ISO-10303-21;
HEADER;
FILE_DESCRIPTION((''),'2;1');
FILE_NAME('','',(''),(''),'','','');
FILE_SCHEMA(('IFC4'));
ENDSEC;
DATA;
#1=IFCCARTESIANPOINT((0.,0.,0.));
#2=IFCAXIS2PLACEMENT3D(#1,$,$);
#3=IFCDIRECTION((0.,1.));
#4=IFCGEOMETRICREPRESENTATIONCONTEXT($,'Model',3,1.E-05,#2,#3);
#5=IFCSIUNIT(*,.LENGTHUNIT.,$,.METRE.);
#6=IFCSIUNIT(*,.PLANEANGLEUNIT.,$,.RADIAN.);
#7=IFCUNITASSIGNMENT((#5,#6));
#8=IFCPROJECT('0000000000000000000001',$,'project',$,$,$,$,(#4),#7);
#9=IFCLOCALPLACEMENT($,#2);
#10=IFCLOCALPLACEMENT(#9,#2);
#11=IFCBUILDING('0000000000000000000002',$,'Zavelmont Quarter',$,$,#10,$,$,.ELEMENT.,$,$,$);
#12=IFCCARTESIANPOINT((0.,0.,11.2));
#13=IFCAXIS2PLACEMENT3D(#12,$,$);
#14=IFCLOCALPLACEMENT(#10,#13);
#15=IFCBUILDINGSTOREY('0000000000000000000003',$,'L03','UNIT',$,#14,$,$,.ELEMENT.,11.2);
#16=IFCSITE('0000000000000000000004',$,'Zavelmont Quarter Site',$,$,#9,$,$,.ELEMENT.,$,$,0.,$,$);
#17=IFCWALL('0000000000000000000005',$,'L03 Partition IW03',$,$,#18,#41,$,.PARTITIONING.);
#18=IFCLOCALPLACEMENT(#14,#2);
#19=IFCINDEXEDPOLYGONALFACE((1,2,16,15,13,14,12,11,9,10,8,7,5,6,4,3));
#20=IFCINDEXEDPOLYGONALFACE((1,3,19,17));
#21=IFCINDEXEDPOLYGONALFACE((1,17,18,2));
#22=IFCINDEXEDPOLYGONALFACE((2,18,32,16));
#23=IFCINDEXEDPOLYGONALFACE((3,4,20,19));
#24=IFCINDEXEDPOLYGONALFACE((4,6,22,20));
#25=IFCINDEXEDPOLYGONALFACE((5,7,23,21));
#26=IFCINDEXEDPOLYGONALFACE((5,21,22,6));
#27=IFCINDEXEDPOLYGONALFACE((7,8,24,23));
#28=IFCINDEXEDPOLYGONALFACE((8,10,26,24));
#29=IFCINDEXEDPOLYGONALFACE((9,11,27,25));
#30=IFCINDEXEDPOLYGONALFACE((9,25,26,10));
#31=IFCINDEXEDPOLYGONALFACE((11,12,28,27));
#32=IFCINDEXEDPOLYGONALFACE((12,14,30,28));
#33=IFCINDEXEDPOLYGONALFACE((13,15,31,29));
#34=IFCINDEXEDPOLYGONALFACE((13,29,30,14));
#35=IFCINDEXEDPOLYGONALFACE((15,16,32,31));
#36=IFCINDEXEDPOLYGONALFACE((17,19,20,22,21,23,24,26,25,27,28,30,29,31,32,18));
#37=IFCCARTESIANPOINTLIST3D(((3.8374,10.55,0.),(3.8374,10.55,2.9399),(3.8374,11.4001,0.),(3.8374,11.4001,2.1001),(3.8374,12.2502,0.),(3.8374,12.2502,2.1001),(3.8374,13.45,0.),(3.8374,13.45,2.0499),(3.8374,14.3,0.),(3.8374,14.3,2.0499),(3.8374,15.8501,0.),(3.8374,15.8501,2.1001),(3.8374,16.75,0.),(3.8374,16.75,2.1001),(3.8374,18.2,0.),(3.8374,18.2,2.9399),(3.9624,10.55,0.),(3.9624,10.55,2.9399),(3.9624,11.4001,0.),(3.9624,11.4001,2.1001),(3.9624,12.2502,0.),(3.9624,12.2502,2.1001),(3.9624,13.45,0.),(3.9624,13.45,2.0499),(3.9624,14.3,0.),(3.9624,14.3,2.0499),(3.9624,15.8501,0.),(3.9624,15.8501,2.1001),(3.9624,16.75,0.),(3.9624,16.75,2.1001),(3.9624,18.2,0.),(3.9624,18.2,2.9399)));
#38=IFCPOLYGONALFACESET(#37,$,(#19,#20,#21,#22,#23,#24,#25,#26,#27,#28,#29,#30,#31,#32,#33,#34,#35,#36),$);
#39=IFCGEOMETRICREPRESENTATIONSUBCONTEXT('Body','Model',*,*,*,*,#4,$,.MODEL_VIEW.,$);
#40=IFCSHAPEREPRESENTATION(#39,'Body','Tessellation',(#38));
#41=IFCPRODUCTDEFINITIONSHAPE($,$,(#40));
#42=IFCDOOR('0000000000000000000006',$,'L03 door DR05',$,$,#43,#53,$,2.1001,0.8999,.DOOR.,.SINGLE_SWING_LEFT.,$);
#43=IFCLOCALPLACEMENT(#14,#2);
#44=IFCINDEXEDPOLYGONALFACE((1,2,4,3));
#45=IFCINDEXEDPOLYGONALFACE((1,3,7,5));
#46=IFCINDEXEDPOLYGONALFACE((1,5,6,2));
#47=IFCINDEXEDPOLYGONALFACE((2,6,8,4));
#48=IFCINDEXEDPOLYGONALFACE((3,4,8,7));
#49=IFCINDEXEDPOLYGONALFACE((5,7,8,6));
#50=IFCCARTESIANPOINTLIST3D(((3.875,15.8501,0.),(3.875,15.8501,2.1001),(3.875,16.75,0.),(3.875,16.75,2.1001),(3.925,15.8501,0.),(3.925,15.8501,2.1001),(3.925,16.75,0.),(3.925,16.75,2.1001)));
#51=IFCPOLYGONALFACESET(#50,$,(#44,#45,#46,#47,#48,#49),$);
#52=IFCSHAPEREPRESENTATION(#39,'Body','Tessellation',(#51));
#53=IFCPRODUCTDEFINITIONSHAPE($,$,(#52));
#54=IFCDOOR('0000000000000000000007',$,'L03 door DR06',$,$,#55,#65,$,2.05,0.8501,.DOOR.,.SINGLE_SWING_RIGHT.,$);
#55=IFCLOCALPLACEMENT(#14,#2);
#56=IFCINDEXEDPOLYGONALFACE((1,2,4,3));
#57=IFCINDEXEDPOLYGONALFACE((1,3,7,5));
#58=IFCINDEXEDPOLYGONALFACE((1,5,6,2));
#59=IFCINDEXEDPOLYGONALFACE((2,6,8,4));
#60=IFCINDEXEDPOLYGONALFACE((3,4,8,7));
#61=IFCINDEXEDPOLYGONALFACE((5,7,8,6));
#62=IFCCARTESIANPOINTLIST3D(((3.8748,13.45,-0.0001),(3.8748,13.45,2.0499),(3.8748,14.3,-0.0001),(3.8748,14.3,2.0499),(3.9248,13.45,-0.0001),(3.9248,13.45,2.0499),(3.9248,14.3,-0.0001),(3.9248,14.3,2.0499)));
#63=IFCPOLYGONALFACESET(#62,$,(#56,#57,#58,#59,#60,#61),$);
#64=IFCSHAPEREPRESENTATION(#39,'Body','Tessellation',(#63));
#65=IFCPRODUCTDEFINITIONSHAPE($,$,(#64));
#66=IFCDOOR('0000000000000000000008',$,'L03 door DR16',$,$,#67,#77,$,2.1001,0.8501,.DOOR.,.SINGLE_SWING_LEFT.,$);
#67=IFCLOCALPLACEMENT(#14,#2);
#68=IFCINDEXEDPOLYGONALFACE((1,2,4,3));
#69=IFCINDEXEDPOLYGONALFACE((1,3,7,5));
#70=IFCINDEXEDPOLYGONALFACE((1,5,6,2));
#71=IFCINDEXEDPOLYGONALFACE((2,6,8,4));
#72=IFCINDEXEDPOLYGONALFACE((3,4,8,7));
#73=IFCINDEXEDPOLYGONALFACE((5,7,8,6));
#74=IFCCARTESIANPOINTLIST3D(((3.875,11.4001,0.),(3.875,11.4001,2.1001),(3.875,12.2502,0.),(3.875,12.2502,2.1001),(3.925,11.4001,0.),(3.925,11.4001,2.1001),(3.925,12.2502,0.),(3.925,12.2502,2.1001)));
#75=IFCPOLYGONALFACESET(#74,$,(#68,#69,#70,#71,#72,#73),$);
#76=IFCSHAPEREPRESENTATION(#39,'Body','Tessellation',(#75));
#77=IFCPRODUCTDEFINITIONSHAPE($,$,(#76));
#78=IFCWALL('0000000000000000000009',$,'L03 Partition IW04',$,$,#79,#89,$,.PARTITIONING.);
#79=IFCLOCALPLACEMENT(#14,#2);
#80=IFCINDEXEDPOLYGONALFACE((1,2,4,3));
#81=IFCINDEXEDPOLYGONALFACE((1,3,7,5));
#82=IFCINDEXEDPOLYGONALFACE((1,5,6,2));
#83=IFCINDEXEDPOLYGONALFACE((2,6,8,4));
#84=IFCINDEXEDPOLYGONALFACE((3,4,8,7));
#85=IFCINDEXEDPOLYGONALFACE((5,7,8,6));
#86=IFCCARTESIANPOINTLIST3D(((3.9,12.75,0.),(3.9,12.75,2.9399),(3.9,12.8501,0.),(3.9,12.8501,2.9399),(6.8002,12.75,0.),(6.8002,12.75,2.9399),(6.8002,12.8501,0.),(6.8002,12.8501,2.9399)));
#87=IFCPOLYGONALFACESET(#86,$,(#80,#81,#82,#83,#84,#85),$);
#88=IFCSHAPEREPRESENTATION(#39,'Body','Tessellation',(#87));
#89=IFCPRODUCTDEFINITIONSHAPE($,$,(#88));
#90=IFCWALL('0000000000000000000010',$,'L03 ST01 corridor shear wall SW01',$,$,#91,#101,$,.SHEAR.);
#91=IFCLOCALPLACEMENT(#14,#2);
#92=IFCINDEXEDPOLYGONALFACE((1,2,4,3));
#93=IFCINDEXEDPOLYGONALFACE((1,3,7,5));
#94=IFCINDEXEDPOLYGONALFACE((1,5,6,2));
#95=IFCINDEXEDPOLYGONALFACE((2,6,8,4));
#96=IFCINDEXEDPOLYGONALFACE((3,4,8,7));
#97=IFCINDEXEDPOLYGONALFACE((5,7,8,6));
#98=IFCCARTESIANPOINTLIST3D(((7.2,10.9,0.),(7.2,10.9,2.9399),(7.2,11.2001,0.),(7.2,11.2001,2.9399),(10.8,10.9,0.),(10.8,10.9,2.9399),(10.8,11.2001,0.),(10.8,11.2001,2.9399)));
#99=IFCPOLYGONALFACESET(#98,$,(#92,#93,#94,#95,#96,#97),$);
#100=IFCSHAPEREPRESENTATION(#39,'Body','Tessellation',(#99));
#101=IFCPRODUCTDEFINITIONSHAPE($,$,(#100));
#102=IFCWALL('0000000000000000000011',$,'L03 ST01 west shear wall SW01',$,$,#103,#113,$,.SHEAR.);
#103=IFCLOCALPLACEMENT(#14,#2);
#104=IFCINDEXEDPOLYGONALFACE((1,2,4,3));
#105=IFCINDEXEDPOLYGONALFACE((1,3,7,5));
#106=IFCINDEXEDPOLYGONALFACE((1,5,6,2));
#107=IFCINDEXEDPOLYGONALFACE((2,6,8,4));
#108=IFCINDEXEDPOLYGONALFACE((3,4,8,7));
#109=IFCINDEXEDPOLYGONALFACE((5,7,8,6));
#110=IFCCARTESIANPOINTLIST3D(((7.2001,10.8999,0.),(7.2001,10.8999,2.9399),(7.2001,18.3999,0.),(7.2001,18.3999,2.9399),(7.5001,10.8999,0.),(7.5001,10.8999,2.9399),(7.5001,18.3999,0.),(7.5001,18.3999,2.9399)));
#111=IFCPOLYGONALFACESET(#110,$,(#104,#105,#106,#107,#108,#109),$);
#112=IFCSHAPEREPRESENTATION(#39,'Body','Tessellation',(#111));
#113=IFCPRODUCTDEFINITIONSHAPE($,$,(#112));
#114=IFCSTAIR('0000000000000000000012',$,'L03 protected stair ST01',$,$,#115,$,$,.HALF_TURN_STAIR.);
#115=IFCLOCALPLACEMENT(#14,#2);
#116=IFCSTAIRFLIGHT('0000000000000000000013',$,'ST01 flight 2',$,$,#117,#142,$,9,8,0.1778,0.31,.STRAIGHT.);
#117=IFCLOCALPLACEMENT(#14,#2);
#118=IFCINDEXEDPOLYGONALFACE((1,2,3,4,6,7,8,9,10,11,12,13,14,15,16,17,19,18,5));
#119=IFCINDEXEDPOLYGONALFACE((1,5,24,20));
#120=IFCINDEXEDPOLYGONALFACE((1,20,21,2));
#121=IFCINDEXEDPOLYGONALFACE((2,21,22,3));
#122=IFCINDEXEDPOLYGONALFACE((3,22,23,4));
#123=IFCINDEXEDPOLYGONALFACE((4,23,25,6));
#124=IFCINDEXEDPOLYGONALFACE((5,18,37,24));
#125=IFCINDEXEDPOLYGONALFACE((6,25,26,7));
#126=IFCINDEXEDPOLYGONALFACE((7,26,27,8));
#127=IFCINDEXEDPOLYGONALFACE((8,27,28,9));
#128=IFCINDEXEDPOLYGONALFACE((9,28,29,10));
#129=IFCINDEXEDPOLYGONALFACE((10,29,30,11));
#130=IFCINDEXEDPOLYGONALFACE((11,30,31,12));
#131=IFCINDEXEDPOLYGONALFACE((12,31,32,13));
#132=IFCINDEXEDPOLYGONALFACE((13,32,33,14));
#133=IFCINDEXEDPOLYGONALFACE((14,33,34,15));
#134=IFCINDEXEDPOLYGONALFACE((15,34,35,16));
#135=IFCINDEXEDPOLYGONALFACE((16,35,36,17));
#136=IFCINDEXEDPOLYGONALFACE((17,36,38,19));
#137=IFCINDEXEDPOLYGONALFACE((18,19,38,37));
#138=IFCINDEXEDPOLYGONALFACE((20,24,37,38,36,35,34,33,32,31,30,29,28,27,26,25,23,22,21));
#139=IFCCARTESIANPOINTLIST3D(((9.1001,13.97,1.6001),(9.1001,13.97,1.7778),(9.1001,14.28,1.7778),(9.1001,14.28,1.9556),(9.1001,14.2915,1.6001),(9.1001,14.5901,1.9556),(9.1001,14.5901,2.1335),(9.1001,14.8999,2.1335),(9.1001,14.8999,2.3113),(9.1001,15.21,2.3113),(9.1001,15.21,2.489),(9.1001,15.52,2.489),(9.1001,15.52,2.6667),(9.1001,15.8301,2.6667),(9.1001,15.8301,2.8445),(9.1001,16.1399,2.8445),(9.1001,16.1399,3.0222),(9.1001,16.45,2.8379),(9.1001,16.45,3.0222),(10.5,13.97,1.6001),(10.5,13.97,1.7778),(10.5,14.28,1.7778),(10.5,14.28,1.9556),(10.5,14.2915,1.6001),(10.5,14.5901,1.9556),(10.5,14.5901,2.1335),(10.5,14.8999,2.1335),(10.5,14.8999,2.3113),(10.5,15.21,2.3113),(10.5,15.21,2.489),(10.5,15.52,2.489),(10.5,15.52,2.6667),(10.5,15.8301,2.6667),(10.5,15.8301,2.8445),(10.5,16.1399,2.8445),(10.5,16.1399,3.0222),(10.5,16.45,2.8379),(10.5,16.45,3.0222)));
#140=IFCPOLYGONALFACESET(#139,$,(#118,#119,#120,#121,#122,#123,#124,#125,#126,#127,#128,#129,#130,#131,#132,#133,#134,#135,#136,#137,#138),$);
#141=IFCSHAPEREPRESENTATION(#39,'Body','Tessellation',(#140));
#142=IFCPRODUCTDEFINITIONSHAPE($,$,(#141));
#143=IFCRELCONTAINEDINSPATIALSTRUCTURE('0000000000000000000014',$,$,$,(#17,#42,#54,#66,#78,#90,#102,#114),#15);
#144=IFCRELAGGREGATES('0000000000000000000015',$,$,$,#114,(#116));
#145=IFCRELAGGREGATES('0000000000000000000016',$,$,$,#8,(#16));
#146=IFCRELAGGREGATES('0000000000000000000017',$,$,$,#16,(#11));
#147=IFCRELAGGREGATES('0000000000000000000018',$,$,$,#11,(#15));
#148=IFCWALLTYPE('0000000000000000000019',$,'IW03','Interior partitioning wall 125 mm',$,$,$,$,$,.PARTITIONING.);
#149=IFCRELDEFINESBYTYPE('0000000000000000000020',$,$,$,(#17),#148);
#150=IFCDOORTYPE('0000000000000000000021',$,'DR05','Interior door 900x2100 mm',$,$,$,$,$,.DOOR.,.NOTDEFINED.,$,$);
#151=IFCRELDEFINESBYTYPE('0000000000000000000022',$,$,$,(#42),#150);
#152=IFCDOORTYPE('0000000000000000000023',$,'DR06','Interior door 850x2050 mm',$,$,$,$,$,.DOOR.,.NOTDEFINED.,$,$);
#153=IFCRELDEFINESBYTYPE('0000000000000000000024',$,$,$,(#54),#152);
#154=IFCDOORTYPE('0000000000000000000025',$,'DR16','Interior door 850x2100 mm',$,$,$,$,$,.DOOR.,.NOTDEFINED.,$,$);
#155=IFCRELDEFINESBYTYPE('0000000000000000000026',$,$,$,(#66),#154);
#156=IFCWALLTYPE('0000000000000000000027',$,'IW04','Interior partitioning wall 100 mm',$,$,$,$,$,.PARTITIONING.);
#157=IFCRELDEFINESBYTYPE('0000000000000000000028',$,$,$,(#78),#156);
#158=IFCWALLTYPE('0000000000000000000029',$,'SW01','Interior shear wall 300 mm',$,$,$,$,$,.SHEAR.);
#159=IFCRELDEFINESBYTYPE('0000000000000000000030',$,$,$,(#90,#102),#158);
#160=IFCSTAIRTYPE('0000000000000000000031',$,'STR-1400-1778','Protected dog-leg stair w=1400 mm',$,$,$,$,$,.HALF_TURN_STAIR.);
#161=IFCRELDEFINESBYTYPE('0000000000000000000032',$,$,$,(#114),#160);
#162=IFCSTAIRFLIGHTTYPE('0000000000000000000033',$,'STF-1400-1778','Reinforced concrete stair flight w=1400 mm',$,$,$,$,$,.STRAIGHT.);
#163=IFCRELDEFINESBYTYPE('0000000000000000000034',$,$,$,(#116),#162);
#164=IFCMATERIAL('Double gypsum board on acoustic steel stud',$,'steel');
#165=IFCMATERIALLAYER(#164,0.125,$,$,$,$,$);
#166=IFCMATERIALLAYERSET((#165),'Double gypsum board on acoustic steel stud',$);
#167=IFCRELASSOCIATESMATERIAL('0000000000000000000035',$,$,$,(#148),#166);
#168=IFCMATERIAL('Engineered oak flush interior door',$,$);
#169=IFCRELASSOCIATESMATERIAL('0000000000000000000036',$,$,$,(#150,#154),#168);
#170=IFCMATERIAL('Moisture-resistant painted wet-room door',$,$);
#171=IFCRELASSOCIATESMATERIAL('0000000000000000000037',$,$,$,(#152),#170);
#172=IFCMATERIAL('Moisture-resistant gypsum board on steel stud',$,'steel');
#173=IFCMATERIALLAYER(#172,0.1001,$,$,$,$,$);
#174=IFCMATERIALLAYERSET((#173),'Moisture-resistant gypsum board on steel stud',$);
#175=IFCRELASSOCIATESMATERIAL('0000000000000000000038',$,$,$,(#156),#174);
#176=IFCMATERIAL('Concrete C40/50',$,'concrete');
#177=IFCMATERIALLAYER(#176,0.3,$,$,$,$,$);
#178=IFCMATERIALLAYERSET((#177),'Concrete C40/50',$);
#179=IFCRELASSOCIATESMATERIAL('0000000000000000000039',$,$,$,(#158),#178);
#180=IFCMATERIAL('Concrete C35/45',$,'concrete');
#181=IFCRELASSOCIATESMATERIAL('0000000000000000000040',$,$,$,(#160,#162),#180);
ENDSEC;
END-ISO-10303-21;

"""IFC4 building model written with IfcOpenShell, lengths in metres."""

from ifc_helpers import new_model, si_unit, direction, frame, frame_2d, origin, origin_with_axes, place, context, subcontext, project, spatial, polyline, rectangle, outline, extrude, material, layer, layer_set, type_object, element, fill, aggregate, save


model = new_model("IFC4")

# Units and contexts
model_context = context("Model", 3, precision=1e-05, world=origin(), true_north=direction((0.0, 1.0)))
body_context = subcontext(model_context, "Body", "Model", "MODEL_VIEW")
ifc_project = project(units=[si_unit("LENGTHUNIT", "METRE"), si_unit("PLANEANGLEUNIT", "RADIAN")], contexts=[model_context])

# Site, building, storey
site_placement = place(None, origin())
site = spatial("IfcSite", under=ifc_project, at=site_placement, Name="Zavelmont Quarter Site", CompositionType="ELEMENT", RefElevation=0.0)
building_placement = place(site_placement, origin())
building = spatial("IfcBuilding", under=site, at=building_placement, Name="Zavelmont Quarter", CompositionType="ELEMENT")
storey_placement = place(building_placement, frame((0.0, 0.0, 11.2)))
storey = spatial("IfcBuildingStorey", under=building, at=storey_placement, Name="L03", Description="UNIT", CompositionType="ELEMENT", Elevation=11.2)

# Shared definitions
ifc_material_1 = material(Name="Concrete C40/50", Category="concrete")

# Shared definitions
ifc_material_2 = material(Name="Concrete C35/45", Category="concrete")

# Wall, openings, doors
ifc_material_3 = material(Name="Double gypsum board on acoustic steel stud", Category="steel")
ifc_layer_1 = layer(ifc_material_3, 0.125)
ifc_layer_set_1 = layer_set([ifc_layer_1], Name="Double gypsum board on acoustic steel stud")
wall_type_1 = type_object("IfcWallType", Name="IW03", Description="Interior partitioning wall 125 mm", PredefinedType="PARTITIONING", material=ifc_layer_set_1)
wall_1_placement = place(storey_placement, frame((3.8999, 10.55, 0.0), z_axis=(0.0, 0.0, 1.0), x_axis=(0.0, 1.0, 0.0)))
wall_1 = element("IfcWall", 1, at=wall_1_placement, inside=storey, type_object=wall_type_1, Name="L03 Partition IW03", PredefinedType="PARTITIONING", context=body_context, shape_type="SweptSolid", body=[
    extrude(rectangle(XDim=7.6499, YDim=0.125, at=frame_2d((3.825, 0.0))), origin(), (0.0, 0.0, 1.0), 2.9399),
])
opening_1_placement = place(wall_1_placement, frame((0.8501, 0.0, 0.0)))
opening_1 = element("IfcOpeningElement", 2, at=opening_1_placement, cuts=wall_1, PredefinedType="OPENING", context=body_context, shape_type="SweptSolid", body=[
    extrude(rectangle(XDim=0.8501, YDim=2.1001, at=frame_2d((0.425, 1.05))), frame((0.0, 0.0745, 0.0), z_axis=(0.0, -1.0, 0.0), x_axis=(1.0, 0.0, 0.0)), (0.0, 0.0, 1.0), 0.1489),
])
opening_2_placement = place(wall_1_placement, frame((2.8999, 0.0, 0.0)))
opening_2 = element("IfcOpeningElement", 3, at=opening_2_placement, cuts=wall_1, PredefinedType="OPENING", context=body_context, shape_type="SweptSolid", body=[
    extrude(rectangle(XDim=0.8501, YDim=2.05, at=frame_2d((0.425, 1.0249))), frame((0.0, 0.0745, 0.0), z_axis=(0.0, -1.0, 0.0), x_axis=(1.0, 0.0, 0.0)), (0.0, 0.0, 1.0), 0.1489),
])
opening_3_placement = place(wall_1_placement, frame((5.3, 0.0, 0.0)))
opening_3 = element("IfcOpeningElement", 4, at=opening_3_placement, cuts=wall_1, PredefinedType="OPENING", context=body_context, shape_type="SweptSolid", body=[
    extrude(rectangle(XDim=0.8999, YDim=2.1001, at=frame_2d((0.45, 1.05))), frame((0.0, 0.0745, 0.0), z_axis=(0.0, -1.0, 0.0), x_axis=(1.0, 0.0, 0.0)), (0.0, 0.0, 1.0), 0.1489),
])
ifc_material_4 = material(Name="Engineered oak flush interior door")
door_type_1 = type_object("IfcDoorType", Name="DR05", Description="Interior door 900x2100 mm", OperationType="NOTDEFINED", PredefinedType="DOOR", material=ifc_material_4)
door_1_placement = place(opening_3_placement, origin_with_axes())
door_1 = element("IfcDoor", 5, at=door_1_placement, inside=storey, type_object=door_type_1, Name="L03 door DR05", OperationType="SINGLE_SWING_LEFT", OverallHeight=2.1001, OverallWidth=0.8999, PredefinedType="DOOR", context=body_context, shape_type="SweptSolid", body=[
    extrude(rectangle(XDim=0.8999, YDim=2.1001, at=frame_2d((0.45, 1.05))), frame((0.0, 0.0249, 0.0), z_axis=(0.0, -1.0, 0.0), x_axis=(1.0, 0.0, 0.0)), (0.0, 0.0, 1.0), 0.05),
])
fill(opening_3, door_1)
ifc_material_5 = material(Name="Moisture-resistant painted wet-room door")
door_type_2 = type_object("IfcDoorType", Name="DR06", Description="Interior door 850x2050 mm", OperationType="NOTDEFINED", PredefinedType="DOOR", material=ifc_material_5)
door_2_placement = place(opening_2_placement, frame((0.8501, 0.0, 0.0), z_axis=(0.0, 0.0, 1.0), x_axis=(-1.0, 0.0, 0.0)))
door_2 = element("IfcDoor", 6, at=door_2_placement, inside=storey, type_object=door_type_2, Name="L03 door DR06", OperationType="SINGLE_SWING_RIGHT", OverallHeight=2.05, OverallWidth=0.8501, PredefinedType="DOOR", context=body_context, shape_type="SweptSolid", body=[
    extrude(rectangle(XDim=0.8501, YDim=2.05, at=frame_2d((0.425, 1.0249))), frame((0.0, 0.0249, 0.0), z_axis=(0.0, -1.0, 0.0), x_axis=(1.0, 0.0, 0.0)), (0.0, 0.0, 1.0), 0.05),
])
fill(opening_2, door_2)
door_type_3 = type_object("IfcDoorType", Name="DR16", Description="Interior door 850x2100 mm", OperationType="NOTDEFINED", PredefinedType="DOOR", material=ifc_material_4)
door_3_placement = place(opening_1_placement, origin_with_axes())
door_3 = element("IfcDoor", 7, at=door_3_placement, inside=storey, type_object=door_type_3, Name="L03 door DR16", OperationType="SINGLE_SWING_LEFT", OverallHeight=2.1001, OverallWidth=0.8501, PredefinedType="DOOR", context=body_context, shape_type="SweptSolid", body=[
    extrude(rectangle(XDim=0.8501, YDim=2.1001, at=frame_2d((0.425, 1.05))), frame((0.0, 0.0249, 0.0), z_axis=(0.0, -1.0, 0.0), x_axis=(1.0, 0.0, 0.0)), (0.0, 0.0, 1.0), 0.05),
])
fill(opening_1, door_3)

# Walls
ifc_material_6 = material(Name="Moisture-resistant gypsum board on steel stud", Category="steel")
ifc_layer_2 = layer(ifc_material_6, 0.1001)
ifc_layer_set_2 = layer_set([ifc_layer_2], Name="Moisture-resistant gypsum board on steel stud")
wall_type_2 = type_object("IfcWallType", Name="IW04", Description="Interior partitioning wall 100 mm", PredefinedType="PARTITIONING", material=ifc_layer_set_2)
wall_2_placement = place(storey_placement, frame((3.8999, 12.8, 0.0), z_axis=(0.0, 0.0, 1.0), x_axis=(1.0, 0.0, 0.0)))
element("IfcWall", 8, at=wall_2_placement, inside=storey, type_object=wall_type_2, Name="L03 Partition IW04", PredefinedType="PARTITIONING", context=body_context, shape_type="SweptSolid", body=[
    extrude(rectangle(XDim=2.9001, YDim=0.1001, at=frame_2d((1.4502, 0.0))), origin(), (0.0, 0.0, 1.0), 2.9399),
])
ifc_layer_3 = layer(ifc_material_1, 0.3)
ifc_layer_set_3 = layer_set([ifc_layer_3], Name="Concrete C40/50")
wall_type_3 = type_object("IfcWallType", Name="SW01", Description="Interior shear wall 300 mm", PredefinedType="SHEAR", material=ifc_layer_set_3)
wall_3_placement = place(storey_placement, frame((7.2, 11.05, 0.0), z_axis=(0.0, 0.0, 1.0), x_axis=(1.0, 0.0, 0.0)))
element("IfcWall", 9, at=wall_3_placement, inside=storey, type_object=wall_type_3, Name="L03 ST01 corridor shear wall SW01", PredefinedType="SHEAR", context=body_context, shape_type="SweptSolid", body=[
    extrude(rectangle(XDim=3.6001, YDim=0.3, at=frame_2d((1.8, 0.0))), origin(), (0.0, 0.0, 1.0), 2.9399),
])
wall_4_placement = place(storey_placement, frame((7.3501, 10.8999, 0.0), z_axis=(0.0, 0.0, 1.0), x_axis=(0.0, 1.0, 0.0)))
element("IfcWall", 10, at=wall_4_placement, inside=storey, type_object=wall_type_3, Name="L03 ST01 west shear wall SW01", PredefinedType="SHEAR", context=body_context, shape_type="SweptSolid", body=[
    extrude(rectangle(XDim=7.5, YDim=0.3, at=frame_2d((3.75, 0.0))), origin(), (0.0, 0.0, 1.0), 2.9399),
])

# Stair, stair flight
stair_type = type_object("IfcStairType", Name="STR-1400-1778", Description="Protected dog-leg stair w=1400 mm", PredefinedType="HALF_TURN_STAIR", material=ifc_material_2)
stair_placement = place(storey_placement, origin())
stair = element("IfcStair", 11, at=stair_placement, inside=storey, type_object=stair_type, Name="L03 protected stair ST01", PredefinedType="HALF_TURN_STAIR")
stair_flight_type = type_object("IfcStairFlightType", Name="STF-1400-1778", Description="Reinforced concrete stair flight w=1400 mm", PredefinedType="STRAIGHT", material=ifc_material_2)
stair_flight_placement = place(storey_placement, frame((9.8, 13.97, 1.6001), z_axis=(0.0, 0.0, 1.0), x_axis=(0.0, 1.0, 0.0)))
stair_flight = element("IfcStairFlight", 12, at=stair_flight_placement, type_object=stair_flight_type, Name="ST01 flight 2", NumberOfRisers=9, NumberOfTreads=8, PredefinedType="STRAIGHT", RiserHeight=0.1778, TreadLength=0.31, context=body_context, shape_type="SweptSolid", body=[
    extrude(outline(polyline([(0.0, 0.0), (0.0, 0.1777), (0.3101, 0.1777), (0.3101, 0.3555), (0.6201, 0.3555), (0.6201, 0.5334), (0.9299, 0.5334), (0.9299, 0.7112), (1.24, 0.7112), (1.24, 0.8889), (1.55, 0.8889), (1.55, 1.0667), (1.8601, 1.0667), (1.8601, 1.2444), (2.1699, 1.2444), (2.1699, 1.4221), (2.48, 1.4221), (2.48, 1.6001), (2.48, 1.2378), (0.3215, 0.0), (0.0, 0.0)])), frame((0.0, 0.7, 0.0), z_axis=(0.0, -1.0, 0.0), x_axis=(1.0, 0.0, 0.0)), (0.0, 0.0, 1.0), 1.3999),
])
aggregate(stair, [stair_flight])

save(model, "model.ifc")
